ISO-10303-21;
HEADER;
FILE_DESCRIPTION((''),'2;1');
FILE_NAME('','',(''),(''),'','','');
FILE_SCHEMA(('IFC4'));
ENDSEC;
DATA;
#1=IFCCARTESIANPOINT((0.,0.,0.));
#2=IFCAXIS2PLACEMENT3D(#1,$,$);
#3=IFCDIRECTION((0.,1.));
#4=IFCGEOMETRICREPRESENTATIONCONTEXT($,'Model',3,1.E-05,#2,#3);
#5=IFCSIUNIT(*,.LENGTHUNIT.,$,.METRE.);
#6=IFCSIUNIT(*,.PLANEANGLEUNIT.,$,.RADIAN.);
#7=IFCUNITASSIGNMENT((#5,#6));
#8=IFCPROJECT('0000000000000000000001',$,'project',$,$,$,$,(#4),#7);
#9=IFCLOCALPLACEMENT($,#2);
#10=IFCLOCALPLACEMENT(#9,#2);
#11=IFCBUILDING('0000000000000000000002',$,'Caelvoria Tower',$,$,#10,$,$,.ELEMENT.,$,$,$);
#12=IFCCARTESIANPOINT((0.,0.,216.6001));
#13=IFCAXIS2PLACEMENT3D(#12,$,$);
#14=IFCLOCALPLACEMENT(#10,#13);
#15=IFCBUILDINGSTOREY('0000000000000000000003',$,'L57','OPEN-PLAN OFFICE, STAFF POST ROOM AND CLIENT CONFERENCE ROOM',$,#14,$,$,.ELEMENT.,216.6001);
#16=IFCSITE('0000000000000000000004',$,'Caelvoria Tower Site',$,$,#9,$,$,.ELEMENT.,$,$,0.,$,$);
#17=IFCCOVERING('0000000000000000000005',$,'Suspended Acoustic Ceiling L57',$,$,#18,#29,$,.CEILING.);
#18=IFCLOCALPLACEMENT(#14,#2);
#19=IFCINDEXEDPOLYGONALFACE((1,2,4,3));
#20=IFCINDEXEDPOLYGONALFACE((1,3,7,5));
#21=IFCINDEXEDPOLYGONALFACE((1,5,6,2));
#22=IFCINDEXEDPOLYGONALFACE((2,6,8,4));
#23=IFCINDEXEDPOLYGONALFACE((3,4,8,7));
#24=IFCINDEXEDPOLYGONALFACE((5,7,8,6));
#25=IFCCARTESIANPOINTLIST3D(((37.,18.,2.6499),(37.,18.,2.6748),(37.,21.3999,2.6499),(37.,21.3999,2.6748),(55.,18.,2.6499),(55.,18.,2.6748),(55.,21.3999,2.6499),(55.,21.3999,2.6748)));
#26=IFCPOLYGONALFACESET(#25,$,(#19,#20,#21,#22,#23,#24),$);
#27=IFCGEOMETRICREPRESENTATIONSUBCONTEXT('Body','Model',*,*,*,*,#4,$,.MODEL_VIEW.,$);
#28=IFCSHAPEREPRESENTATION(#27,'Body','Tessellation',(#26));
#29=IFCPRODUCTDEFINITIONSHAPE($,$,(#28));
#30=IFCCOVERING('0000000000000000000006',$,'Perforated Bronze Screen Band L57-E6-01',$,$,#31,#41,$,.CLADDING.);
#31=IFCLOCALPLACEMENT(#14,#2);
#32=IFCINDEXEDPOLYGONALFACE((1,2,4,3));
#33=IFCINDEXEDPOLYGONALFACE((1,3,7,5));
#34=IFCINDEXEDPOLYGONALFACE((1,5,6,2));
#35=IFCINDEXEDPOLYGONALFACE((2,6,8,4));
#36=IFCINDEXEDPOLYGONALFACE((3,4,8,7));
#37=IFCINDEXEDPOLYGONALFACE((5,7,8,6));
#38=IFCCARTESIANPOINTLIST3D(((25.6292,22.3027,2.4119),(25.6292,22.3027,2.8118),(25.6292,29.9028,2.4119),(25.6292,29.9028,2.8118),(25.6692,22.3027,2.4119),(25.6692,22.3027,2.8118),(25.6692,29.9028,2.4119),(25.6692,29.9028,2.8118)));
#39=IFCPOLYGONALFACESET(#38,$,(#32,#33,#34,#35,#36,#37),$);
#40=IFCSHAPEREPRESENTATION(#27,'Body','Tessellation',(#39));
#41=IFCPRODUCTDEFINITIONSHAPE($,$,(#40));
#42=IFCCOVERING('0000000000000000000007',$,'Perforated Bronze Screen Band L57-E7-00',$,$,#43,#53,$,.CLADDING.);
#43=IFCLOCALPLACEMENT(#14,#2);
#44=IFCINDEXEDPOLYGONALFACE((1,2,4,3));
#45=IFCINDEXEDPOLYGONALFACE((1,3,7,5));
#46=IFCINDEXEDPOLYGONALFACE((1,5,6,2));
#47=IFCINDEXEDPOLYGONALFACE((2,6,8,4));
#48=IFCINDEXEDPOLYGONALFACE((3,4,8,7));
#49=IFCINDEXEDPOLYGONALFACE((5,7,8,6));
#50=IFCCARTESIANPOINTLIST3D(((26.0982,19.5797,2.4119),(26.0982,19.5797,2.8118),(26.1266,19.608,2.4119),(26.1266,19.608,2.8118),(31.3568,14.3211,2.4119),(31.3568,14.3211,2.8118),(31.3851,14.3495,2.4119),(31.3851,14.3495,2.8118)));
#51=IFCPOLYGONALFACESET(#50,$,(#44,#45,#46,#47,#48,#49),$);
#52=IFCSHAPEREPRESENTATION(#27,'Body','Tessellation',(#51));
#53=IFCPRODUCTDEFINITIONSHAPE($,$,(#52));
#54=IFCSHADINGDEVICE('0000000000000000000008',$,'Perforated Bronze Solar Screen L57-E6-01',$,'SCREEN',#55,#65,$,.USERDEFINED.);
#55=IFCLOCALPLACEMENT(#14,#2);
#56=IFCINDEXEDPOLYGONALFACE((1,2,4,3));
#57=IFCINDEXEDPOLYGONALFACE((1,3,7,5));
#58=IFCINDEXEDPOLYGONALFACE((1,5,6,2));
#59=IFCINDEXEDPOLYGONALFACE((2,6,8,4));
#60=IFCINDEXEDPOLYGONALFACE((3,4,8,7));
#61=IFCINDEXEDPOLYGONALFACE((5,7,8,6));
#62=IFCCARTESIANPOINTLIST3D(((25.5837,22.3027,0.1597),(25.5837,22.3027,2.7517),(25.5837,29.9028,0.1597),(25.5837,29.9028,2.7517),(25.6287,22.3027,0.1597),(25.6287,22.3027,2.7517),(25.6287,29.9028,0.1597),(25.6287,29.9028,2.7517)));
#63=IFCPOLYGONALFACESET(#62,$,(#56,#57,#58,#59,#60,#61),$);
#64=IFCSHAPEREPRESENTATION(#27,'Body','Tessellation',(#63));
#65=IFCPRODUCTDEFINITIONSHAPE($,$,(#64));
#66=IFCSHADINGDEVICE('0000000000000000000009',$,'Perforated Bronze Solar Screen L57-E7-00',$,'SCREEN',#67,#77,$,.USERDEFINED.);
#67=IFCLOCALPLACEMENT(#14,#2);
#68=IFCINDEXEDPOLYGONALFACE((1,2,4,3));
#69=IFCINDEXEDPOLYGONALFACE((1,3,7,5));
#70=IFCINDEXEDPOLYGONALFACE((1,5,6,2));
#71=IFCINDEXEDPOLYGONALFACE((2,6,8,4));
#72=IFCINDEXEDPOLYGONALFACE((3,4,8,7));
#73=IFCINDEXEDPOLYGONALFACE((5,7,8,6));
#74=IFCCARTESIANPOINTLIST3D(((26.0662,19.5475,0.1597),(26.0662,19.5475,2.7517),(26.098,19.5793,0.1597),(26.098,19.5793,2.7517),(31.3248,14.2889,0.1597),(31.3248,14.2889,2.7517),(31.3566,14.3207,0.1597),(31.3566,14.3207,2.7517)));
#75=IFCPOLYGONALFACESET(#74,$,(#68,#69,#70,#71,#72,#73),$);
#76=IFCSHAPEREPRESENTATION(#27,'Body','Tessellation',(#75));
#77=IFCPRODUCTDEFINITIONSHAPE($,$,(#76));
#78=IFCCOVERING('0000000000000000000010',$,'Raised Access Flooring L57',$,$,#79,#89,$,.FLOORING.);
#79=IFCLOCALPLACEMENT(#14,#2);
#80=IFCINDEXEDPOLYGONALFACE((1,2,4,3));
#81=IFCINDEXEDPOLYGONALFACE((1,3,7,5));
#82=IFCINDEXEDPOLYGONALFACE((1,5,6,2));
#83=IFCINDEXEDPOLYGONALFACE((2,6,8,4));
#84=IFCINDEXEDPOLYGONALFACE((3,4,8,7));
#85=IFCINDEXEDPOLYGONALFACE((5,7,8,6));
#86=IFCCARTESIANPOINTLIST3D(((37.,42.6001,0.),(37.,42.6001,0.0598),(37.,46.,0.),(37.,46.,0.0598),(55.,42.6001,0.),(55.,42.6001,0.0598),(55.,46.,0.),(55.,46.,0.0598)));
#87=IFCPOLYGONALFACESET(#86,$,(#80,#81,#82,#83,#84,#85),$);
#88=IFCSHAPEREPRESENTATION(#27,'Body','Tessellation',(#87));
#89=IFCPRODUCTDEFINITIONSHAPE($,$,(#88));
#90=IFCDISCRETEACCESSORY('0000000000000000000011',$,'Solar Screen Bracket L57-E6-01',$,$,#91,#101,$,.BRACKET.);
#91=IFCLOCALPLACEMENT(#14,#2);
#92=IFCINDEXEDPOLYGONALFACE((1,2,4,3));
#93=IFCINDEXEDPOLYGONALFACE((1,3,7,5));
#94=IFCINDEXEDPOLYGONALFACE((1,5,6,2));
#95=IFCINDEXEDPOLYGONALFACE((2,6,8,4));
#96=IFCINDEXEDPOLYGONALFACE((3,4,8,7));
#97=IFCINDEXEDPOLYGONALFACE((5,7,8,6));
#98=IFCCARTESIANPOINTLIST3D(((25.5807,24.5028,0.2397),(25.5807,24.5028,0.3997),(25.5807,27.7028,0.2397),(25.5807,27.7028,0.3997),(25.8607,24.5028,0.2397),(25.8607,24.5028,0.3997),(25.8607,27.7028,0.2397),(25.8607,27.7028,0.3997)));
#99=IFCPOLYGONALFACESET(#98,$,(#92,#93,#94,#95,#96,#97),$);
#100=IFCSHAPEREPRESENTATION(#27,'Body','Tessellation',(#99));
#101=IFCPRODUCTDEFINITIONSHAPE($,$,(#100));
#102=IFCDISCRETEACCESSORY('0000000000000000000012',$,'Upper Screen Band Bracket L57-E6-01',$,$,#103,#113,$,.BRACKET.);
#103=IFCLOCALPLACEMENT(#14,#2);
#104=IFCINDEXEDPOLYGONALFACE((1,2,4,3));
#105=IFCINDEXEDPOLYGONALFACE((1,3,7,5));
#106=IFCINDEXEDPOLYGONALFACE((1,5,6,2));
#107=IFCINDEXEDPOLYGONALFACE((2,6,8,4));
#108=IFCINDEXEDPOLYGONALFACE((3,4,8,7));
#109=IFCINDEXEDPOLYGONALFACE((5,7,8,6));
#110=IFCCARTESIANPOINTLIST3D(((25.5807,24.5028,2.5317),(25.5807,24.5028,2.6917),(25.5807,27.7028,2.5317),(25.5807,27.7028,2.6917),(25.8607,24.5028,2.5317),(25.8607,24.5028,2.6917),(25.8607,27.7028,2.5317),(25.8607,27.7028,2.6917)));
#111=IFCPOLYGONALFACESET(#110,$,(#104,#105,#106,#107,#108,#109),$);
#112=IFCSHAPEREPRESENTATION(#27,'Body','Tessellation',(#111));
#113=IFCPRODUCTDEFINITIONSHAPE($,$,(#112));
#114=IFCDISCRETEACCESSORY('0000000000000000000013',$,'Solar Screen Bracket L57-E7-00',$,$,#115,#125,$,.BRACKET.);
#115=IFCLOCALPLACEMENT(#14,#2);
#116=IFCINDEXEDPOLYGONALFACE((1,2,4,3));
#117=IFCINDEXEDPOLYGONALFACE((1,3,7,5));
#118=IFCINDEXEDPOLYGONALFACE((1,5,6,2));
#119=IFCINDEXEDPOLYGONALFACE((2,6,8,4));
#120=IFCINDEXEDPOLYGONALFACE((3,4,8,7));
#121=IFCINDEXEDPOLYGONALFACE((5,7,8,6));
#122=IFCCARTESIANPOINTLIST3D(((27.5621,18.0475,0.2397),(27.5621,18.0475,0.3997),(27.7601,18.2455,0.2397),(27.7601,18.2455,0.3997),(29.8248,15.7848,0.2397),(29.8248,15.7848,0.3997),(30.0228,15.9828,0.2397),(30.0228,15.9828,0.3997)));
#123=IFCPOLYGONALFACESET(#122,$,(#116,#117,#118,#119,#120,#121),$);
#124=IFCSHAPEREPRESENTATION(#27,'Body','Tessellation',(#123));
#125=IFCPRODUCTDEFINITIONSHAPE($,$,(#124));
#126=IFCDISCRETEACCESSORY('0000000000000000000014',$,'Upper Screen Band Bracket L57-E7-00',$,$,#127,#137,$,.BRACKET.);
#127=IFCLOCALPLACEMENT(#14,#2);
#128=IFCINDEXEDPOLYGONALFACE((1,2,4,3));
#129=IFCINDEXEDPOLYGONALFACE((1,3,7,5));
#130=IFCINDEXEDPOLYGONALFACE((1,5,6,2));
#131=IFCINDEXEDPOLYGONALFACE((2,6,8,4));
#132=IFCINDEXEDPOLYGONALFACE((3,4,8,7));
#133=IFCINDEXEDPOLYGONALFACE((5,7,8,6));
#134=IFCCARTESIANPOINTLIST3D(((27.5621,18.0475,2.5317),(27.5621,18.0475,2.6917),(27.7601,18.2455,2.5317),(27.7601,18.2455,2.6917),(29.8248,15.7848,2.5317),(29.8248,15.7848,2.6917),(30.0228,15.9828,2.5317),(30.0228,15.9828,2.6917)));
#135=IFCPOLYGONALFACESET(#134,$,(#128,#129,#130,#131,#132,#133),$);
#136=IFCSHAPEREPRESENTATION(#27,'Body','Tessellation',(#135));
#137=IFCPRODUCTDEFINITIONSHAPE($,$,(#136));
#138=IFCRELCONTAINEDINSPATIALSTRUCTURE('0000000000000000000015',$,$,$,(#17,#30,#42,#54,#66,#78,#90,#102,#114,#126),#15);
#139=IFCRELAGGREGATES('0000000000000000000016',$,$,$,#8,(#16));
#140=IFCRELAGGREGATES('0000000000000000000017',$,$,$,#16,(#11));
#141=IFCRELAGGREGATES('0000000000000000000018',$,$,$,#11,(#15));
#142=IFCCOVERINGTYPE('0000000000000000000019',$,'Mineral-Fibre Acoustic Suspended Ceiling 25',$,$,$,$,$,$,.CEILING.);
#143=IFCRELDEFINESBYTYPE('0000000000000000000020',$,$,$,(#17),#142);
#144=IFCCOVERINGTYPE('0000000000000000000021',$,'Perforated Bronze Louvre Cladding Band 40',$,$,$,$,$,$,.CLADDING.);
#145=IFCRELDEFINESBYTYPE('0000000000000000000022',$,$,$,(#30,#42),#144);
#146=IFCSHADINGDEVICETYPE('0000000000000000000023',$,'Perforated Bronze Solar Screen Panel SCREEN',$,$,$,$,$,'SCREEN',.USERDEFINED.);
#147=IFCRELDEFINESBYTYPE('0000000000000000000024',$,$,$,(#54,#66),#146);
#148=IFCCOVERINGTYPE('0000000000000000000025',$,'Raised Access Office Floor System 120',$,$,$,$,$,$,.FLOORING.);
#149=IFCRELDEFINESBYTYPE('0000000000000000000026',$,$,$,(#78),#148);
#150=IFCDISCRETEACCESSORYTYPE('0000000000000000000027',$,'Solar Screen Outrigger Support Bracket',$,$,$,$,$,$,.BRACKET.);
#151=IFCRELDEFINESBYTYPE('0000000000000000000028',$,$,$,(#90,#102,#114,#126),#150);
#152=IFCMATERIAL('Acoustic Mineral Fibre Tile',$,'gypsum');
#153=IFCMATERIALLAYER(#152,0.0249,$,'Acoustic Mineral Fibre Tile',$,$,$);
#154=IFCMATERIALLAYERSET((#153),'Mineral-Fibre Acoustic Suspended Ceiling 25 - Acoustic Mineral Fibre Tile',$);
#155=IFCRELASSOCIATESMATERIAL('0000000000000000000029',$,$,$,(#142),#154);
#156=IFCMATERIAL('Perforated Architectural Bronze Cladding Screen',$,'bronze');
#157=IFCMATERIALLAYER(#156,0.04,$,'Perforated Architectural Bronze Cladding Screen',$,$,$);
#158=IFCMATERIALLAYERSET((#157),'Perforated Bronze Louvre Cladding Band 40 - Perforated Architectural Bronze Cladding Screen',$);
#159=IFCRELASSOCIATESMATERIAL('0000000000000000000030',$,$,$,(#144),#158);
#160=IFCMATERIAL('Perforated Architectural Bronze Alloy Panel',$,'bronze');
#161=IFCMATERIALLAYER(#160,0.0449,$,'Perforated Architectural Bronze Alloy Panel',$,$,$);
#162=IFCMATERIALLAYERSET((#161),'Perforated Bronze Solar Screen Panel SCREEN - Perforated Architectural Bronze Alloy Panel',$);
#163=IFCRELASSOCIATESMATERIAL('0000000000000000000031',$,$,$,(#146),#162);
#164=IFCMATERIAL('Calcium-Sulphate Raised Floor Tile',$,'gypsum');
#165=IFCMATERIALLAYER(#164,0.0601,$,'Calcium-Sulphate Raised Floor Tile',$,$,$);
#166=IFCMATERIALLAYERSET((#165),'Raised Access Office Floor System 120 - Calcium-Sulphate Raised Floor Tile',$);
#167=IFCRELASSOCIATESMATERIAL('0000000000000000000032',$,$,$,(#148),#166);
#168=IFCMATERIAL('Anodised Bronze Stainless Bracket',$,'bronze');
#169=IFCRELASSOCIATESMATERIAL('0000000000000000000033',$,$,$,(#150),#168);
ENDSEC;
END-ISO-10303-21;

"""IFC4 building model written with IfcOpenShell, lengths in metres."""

from ifc_helpers import new_model, si_unit, direction, frame, origin, origin_2d, place, context, subcontext, project, spatial, polyline, rectangle, outline, extrude, material, layer, layer_set, type_object, element, save


model = new_model("IFC4")

# Units and contexts
model_context = context("Model", 3, precision=1e-05, world=origin(), true_north=direction((0.0, 1.0)))
body_context = subcontext(model_context, "Body", "Model", "MODEL_VIEW")
ifc_project = project(units=[si_unit("LENGTHUNIT", "METRE"), si_unit("PLANEANGLEUNIT", "RADIAN")], contexts=[model_context])

# Site, building, storey
site_placement = place(None, origin())
site = spatial("IfcSite", under=ifc_project, at=site_placement, Name="Caelvoria Tower Site", CompositionType="ELEMENT", RefElevation=0.0)
building_placement = place(site_placement, origin())
building = spatial("IfcBuilding", under=site, at=building_placement, Name="Caelvoria Tower", CompositionType="ELEMENT")
storey_placement = place(building_placement, frame((0.0, 0.0, 216.6001)))
storey = spatial("IfcBuildingStorey", under=building, at=storey_placement, Name="L57", Description="OPEN-PLAN OFFICE, STAFF POST ROOM AND CLIENT CONFERENCE ROOM", CompositionType="ELEMENT", Elevation=216.6001)

# Coverings
ifc_material_1 = material(Name="Acoustic Mineral Fibre Tile", Category="gypsum")
ifc_layer_1 = layer(ifc_material_1, 0.0249, Name="Acoustic Mineral Fibre Tile")
ifc_layer_set_1 = layer_set([ifc_layer_1], Name="Mineral-Fibre Acoustic Suspended Ceiling 25 - Acoustic Mineral Fibre Tile")
covering_type_1 = type_object("IfcCoveringType", Name="Mineral-Fibre Acoustic Suspended Ceiling 25", PredefinedType="CEILING", material=ifc_layer_set_1)
covering_1_placement = place(storey_placement, frame((0.0, 0.0, 2.6499)))
element("IfcCovering", 1, at=covering_1_placement, inside=storey, type_object=covering_type_1, Name="Suspended Acoustic Ceiling L57", PredefinedType="CEILING", context=body_context, shape_type="SweptSolid", body=[
    extrude(outline(polyline([(37.0, 18.0), (55.0, 18.0), (55.0, 21.3999), (37.0, 21.3999), (37.0, 18.0)])), origin(), (0.0, 0.0, 1.0), 0.0249),
])
ifc_material_2 = material(Name="Perforated Architectural Bronze Cladding Screen", Category="bronze")
ifc_layer_2 = layer(ifc_material_2, 0.04, Name="Perforated Architectural Bronze Cladding Screen")
ifc_layer_set_2 = layer_set([ifc_layer_2], Name="Perforated Bronze Louvre Cladding Band 40 - Perforated Architectural Bronze Cladding Screen")
covering_type_2 = type_object("IfcCoveringType", Name="Perforated Bronze Louvre Cladding Band 40", PredefinedType="CLADDING", material=ifc_layer_set_2)
covering_2_placement = place(storey_placement, frame((25.6492, 26.1028, 2.4119), z_axis=(0.0, 0.0, 1.0), x_axis=(0.0, -1.0, 0.0)))
element("IfcCovering", 2, at=covering_2_placement, inside=storey, type_object=covering_type_2, Name="Perforated Bronze Screen Band L57-E6-01", PredefinedType="CLADDING", context=body_context, shape_type="SweptSolid", body=[
    extrude(rectangle(XDim=7.6001, YDim=0.04, at=origin_2d()), origin(), (0.0, 0.0, 1.0), 0.3999),
])
covering_3_placement = place(storey_placement, frame((28.7417, 16.9646, 2.4119), z_axis=(0.0, 0.0, 1.0), x_axis=(0.707107, -0.707107, 0.0)))
element("IfcCovering", 3, at=covering_3_placement, inside=storey, type_object=covering_type_2, Name="Perforated Bronze Screen Band L57-E7-00", PredefinedType="CLADDING", context=body_context, shape_type="SweptSolid", body=[
    extrude(rectangle(XDim=7.4368, YDim=0.04, at=origin_2d()), origin(), (0.0, 0.0, 1.0), 0.3999),
])

# Shading devices
ifc_material_3 = material(Name="Perforated Architectural Bronze Alloy Panel", Category="bronze")
ifc_layer_3 = layer(ifc_material_3, 0.0449, Name="Perforated Architectural Bronze Alloy Panel")
ifc_layer_set_3 = layer_set([ifc_layer_3], Name="Perforated Bronze Solar Screen Panel SCREEN - Perforated Architectural Bronze Alloy Panel")
shading_device_type = type_object("IfcShadingDeviceType", Name="Perforated Bronze Solar Screen Panel SCREEN", ElementType="SCREEN", PredefinedType="USERDEFINED", material=ifc_layer_set_3)
shading_device_1_placement = place(storey_placement, frame((25.6062, 26.1028, 0.1597), z_axis=(0.0, 0.0, 1.0), x_axis=(0.0, -1.0, 0.0)))
element("IfcShadingDevice", 4, at=shading_device_1_placement, inside=storey, type_object=shading_device_type, Name="Perforated Bronze Solar Screen L57-E6-01", ObjectType="SCREEN", PredefinedType="USERDEFINED", context=body_context, shape_type="SweptSolid", body=[
    extrude(rectangle(XDim=7.6001, YDim=0.0449, at=origin_2d()), origin(), (0.0, 0.0, 1.0), 2.592),
])
shading_device_2_placement = place(storey_placement, frame((28.7114, 16.9341, 0.1597), z_axis=(0.0, 0.0, 1.0), x_axis=(0.707107, -0.707107, 0.0)))
element("IfcShadingDevice", 5, at=shading_device_2_placement, inside=storey, type_object=shading_device_type, Name="Perforated Bronze Solar Screen L57-E7-00", ObjectType="SCREEN", PredefinedType="USERDEFINED", context=body_context, shape_type="SweptSolid", body=[
    extrude(rectangle(XDim=7.4368, YDim=0.0449, at=origin_2d()), origin(), (0.0, 0.0, 1.0), 2.592),
])

# Covering
ifc_material_4 = material(Name="Calcium-Sulphate Raised Floor Tile", Category="gypsum")
ifc_layer_4 = layer(ifc_material_4, 0.0601, Name="Calcium-Sulphate Raised Floor Tile")
ifc_layer_set_4 = layer_set([ifc_layer_4], Name="Raised Access Office Floor System 120 - Calcium-Sulphate Raised Floor Tile")
covering_type_3 = type_object("IfcCoveringType", Name="Raised Access Office Floor System 120", PredefinedType="FLOORING", material=ifc_layer_set_4)
covering_4_placement = place(storey_placement, origin())
element("IfcCovering", 6, at=covering_4_placement, inside=storey, type_object=covering_type_3, Name="Raised Access Flooring L57", PredefinedType="FLOORING", context=body_context, shape_type="SweptSolid", body=[
    extrude(outline(polyline([(37.0, 42.6001), (55.0, 42.6001), (55.0, 46.0), (37.0, 46.0), (37.0, 42.6001)])), origin(), (0.0, 0.0, 1.0), 0.0598),
])

# Discrete accessories
ifc_material_5 = material(Name="Anodised Bronze Stainless Bracket", Category="bronze")
discrete_accessory_type = type_object("IfcDiscreteAccessoryType", Name="Solar Screen Outrigger Support Bracket", PredefinedType="BRACKET", material=ifc_material_5)
for number, where, z_axis, x_axis, name in (
    (7, (25.7207, 26.1028, 0.2397), (0.0, 0.0, 1.0), (0.0, -1.0, 0.0), "Solar Screen Bracket L57-E6-01"),
    (8, (25.7207, 26.1028, 2.5317), (0.0, 0.0, 1.0), (0.0, -1.0, 0.0), "Upper Screen Band Bracket L57-E6-01"),
    (9, (28.7925, 17.0151, 0.2397), (0.0, 0.0, 1.0), (0.707107, -0.707107, 0.0), "Solar Screen Bracket L57-E7-00"),
    (10, (28.7925, 17.0151, 2.5317), (0.0, 0.0, 1.0), (0.707107, -0.707107, 0.0), "Upper Screen Band Bracket L57-E7-00"),
):
    element("IfcDiscreteAccessory", number, at=place(storey_placement, frame(where, z_axis=z_axis, x_axis=x_axis)), inside=storey, type_object=discrete_accessory_type, Name=name, PredefinedType="BRACKET", context=body_context, shape_type="SweptSolid", body=[
        extrude(rectangle(XDim=3.2, YDim=0.28, at=origin_2d()), origin(), (0.0, 0.0, 1.0), 0.1599),
    ])

save(model, "model.ifc")
